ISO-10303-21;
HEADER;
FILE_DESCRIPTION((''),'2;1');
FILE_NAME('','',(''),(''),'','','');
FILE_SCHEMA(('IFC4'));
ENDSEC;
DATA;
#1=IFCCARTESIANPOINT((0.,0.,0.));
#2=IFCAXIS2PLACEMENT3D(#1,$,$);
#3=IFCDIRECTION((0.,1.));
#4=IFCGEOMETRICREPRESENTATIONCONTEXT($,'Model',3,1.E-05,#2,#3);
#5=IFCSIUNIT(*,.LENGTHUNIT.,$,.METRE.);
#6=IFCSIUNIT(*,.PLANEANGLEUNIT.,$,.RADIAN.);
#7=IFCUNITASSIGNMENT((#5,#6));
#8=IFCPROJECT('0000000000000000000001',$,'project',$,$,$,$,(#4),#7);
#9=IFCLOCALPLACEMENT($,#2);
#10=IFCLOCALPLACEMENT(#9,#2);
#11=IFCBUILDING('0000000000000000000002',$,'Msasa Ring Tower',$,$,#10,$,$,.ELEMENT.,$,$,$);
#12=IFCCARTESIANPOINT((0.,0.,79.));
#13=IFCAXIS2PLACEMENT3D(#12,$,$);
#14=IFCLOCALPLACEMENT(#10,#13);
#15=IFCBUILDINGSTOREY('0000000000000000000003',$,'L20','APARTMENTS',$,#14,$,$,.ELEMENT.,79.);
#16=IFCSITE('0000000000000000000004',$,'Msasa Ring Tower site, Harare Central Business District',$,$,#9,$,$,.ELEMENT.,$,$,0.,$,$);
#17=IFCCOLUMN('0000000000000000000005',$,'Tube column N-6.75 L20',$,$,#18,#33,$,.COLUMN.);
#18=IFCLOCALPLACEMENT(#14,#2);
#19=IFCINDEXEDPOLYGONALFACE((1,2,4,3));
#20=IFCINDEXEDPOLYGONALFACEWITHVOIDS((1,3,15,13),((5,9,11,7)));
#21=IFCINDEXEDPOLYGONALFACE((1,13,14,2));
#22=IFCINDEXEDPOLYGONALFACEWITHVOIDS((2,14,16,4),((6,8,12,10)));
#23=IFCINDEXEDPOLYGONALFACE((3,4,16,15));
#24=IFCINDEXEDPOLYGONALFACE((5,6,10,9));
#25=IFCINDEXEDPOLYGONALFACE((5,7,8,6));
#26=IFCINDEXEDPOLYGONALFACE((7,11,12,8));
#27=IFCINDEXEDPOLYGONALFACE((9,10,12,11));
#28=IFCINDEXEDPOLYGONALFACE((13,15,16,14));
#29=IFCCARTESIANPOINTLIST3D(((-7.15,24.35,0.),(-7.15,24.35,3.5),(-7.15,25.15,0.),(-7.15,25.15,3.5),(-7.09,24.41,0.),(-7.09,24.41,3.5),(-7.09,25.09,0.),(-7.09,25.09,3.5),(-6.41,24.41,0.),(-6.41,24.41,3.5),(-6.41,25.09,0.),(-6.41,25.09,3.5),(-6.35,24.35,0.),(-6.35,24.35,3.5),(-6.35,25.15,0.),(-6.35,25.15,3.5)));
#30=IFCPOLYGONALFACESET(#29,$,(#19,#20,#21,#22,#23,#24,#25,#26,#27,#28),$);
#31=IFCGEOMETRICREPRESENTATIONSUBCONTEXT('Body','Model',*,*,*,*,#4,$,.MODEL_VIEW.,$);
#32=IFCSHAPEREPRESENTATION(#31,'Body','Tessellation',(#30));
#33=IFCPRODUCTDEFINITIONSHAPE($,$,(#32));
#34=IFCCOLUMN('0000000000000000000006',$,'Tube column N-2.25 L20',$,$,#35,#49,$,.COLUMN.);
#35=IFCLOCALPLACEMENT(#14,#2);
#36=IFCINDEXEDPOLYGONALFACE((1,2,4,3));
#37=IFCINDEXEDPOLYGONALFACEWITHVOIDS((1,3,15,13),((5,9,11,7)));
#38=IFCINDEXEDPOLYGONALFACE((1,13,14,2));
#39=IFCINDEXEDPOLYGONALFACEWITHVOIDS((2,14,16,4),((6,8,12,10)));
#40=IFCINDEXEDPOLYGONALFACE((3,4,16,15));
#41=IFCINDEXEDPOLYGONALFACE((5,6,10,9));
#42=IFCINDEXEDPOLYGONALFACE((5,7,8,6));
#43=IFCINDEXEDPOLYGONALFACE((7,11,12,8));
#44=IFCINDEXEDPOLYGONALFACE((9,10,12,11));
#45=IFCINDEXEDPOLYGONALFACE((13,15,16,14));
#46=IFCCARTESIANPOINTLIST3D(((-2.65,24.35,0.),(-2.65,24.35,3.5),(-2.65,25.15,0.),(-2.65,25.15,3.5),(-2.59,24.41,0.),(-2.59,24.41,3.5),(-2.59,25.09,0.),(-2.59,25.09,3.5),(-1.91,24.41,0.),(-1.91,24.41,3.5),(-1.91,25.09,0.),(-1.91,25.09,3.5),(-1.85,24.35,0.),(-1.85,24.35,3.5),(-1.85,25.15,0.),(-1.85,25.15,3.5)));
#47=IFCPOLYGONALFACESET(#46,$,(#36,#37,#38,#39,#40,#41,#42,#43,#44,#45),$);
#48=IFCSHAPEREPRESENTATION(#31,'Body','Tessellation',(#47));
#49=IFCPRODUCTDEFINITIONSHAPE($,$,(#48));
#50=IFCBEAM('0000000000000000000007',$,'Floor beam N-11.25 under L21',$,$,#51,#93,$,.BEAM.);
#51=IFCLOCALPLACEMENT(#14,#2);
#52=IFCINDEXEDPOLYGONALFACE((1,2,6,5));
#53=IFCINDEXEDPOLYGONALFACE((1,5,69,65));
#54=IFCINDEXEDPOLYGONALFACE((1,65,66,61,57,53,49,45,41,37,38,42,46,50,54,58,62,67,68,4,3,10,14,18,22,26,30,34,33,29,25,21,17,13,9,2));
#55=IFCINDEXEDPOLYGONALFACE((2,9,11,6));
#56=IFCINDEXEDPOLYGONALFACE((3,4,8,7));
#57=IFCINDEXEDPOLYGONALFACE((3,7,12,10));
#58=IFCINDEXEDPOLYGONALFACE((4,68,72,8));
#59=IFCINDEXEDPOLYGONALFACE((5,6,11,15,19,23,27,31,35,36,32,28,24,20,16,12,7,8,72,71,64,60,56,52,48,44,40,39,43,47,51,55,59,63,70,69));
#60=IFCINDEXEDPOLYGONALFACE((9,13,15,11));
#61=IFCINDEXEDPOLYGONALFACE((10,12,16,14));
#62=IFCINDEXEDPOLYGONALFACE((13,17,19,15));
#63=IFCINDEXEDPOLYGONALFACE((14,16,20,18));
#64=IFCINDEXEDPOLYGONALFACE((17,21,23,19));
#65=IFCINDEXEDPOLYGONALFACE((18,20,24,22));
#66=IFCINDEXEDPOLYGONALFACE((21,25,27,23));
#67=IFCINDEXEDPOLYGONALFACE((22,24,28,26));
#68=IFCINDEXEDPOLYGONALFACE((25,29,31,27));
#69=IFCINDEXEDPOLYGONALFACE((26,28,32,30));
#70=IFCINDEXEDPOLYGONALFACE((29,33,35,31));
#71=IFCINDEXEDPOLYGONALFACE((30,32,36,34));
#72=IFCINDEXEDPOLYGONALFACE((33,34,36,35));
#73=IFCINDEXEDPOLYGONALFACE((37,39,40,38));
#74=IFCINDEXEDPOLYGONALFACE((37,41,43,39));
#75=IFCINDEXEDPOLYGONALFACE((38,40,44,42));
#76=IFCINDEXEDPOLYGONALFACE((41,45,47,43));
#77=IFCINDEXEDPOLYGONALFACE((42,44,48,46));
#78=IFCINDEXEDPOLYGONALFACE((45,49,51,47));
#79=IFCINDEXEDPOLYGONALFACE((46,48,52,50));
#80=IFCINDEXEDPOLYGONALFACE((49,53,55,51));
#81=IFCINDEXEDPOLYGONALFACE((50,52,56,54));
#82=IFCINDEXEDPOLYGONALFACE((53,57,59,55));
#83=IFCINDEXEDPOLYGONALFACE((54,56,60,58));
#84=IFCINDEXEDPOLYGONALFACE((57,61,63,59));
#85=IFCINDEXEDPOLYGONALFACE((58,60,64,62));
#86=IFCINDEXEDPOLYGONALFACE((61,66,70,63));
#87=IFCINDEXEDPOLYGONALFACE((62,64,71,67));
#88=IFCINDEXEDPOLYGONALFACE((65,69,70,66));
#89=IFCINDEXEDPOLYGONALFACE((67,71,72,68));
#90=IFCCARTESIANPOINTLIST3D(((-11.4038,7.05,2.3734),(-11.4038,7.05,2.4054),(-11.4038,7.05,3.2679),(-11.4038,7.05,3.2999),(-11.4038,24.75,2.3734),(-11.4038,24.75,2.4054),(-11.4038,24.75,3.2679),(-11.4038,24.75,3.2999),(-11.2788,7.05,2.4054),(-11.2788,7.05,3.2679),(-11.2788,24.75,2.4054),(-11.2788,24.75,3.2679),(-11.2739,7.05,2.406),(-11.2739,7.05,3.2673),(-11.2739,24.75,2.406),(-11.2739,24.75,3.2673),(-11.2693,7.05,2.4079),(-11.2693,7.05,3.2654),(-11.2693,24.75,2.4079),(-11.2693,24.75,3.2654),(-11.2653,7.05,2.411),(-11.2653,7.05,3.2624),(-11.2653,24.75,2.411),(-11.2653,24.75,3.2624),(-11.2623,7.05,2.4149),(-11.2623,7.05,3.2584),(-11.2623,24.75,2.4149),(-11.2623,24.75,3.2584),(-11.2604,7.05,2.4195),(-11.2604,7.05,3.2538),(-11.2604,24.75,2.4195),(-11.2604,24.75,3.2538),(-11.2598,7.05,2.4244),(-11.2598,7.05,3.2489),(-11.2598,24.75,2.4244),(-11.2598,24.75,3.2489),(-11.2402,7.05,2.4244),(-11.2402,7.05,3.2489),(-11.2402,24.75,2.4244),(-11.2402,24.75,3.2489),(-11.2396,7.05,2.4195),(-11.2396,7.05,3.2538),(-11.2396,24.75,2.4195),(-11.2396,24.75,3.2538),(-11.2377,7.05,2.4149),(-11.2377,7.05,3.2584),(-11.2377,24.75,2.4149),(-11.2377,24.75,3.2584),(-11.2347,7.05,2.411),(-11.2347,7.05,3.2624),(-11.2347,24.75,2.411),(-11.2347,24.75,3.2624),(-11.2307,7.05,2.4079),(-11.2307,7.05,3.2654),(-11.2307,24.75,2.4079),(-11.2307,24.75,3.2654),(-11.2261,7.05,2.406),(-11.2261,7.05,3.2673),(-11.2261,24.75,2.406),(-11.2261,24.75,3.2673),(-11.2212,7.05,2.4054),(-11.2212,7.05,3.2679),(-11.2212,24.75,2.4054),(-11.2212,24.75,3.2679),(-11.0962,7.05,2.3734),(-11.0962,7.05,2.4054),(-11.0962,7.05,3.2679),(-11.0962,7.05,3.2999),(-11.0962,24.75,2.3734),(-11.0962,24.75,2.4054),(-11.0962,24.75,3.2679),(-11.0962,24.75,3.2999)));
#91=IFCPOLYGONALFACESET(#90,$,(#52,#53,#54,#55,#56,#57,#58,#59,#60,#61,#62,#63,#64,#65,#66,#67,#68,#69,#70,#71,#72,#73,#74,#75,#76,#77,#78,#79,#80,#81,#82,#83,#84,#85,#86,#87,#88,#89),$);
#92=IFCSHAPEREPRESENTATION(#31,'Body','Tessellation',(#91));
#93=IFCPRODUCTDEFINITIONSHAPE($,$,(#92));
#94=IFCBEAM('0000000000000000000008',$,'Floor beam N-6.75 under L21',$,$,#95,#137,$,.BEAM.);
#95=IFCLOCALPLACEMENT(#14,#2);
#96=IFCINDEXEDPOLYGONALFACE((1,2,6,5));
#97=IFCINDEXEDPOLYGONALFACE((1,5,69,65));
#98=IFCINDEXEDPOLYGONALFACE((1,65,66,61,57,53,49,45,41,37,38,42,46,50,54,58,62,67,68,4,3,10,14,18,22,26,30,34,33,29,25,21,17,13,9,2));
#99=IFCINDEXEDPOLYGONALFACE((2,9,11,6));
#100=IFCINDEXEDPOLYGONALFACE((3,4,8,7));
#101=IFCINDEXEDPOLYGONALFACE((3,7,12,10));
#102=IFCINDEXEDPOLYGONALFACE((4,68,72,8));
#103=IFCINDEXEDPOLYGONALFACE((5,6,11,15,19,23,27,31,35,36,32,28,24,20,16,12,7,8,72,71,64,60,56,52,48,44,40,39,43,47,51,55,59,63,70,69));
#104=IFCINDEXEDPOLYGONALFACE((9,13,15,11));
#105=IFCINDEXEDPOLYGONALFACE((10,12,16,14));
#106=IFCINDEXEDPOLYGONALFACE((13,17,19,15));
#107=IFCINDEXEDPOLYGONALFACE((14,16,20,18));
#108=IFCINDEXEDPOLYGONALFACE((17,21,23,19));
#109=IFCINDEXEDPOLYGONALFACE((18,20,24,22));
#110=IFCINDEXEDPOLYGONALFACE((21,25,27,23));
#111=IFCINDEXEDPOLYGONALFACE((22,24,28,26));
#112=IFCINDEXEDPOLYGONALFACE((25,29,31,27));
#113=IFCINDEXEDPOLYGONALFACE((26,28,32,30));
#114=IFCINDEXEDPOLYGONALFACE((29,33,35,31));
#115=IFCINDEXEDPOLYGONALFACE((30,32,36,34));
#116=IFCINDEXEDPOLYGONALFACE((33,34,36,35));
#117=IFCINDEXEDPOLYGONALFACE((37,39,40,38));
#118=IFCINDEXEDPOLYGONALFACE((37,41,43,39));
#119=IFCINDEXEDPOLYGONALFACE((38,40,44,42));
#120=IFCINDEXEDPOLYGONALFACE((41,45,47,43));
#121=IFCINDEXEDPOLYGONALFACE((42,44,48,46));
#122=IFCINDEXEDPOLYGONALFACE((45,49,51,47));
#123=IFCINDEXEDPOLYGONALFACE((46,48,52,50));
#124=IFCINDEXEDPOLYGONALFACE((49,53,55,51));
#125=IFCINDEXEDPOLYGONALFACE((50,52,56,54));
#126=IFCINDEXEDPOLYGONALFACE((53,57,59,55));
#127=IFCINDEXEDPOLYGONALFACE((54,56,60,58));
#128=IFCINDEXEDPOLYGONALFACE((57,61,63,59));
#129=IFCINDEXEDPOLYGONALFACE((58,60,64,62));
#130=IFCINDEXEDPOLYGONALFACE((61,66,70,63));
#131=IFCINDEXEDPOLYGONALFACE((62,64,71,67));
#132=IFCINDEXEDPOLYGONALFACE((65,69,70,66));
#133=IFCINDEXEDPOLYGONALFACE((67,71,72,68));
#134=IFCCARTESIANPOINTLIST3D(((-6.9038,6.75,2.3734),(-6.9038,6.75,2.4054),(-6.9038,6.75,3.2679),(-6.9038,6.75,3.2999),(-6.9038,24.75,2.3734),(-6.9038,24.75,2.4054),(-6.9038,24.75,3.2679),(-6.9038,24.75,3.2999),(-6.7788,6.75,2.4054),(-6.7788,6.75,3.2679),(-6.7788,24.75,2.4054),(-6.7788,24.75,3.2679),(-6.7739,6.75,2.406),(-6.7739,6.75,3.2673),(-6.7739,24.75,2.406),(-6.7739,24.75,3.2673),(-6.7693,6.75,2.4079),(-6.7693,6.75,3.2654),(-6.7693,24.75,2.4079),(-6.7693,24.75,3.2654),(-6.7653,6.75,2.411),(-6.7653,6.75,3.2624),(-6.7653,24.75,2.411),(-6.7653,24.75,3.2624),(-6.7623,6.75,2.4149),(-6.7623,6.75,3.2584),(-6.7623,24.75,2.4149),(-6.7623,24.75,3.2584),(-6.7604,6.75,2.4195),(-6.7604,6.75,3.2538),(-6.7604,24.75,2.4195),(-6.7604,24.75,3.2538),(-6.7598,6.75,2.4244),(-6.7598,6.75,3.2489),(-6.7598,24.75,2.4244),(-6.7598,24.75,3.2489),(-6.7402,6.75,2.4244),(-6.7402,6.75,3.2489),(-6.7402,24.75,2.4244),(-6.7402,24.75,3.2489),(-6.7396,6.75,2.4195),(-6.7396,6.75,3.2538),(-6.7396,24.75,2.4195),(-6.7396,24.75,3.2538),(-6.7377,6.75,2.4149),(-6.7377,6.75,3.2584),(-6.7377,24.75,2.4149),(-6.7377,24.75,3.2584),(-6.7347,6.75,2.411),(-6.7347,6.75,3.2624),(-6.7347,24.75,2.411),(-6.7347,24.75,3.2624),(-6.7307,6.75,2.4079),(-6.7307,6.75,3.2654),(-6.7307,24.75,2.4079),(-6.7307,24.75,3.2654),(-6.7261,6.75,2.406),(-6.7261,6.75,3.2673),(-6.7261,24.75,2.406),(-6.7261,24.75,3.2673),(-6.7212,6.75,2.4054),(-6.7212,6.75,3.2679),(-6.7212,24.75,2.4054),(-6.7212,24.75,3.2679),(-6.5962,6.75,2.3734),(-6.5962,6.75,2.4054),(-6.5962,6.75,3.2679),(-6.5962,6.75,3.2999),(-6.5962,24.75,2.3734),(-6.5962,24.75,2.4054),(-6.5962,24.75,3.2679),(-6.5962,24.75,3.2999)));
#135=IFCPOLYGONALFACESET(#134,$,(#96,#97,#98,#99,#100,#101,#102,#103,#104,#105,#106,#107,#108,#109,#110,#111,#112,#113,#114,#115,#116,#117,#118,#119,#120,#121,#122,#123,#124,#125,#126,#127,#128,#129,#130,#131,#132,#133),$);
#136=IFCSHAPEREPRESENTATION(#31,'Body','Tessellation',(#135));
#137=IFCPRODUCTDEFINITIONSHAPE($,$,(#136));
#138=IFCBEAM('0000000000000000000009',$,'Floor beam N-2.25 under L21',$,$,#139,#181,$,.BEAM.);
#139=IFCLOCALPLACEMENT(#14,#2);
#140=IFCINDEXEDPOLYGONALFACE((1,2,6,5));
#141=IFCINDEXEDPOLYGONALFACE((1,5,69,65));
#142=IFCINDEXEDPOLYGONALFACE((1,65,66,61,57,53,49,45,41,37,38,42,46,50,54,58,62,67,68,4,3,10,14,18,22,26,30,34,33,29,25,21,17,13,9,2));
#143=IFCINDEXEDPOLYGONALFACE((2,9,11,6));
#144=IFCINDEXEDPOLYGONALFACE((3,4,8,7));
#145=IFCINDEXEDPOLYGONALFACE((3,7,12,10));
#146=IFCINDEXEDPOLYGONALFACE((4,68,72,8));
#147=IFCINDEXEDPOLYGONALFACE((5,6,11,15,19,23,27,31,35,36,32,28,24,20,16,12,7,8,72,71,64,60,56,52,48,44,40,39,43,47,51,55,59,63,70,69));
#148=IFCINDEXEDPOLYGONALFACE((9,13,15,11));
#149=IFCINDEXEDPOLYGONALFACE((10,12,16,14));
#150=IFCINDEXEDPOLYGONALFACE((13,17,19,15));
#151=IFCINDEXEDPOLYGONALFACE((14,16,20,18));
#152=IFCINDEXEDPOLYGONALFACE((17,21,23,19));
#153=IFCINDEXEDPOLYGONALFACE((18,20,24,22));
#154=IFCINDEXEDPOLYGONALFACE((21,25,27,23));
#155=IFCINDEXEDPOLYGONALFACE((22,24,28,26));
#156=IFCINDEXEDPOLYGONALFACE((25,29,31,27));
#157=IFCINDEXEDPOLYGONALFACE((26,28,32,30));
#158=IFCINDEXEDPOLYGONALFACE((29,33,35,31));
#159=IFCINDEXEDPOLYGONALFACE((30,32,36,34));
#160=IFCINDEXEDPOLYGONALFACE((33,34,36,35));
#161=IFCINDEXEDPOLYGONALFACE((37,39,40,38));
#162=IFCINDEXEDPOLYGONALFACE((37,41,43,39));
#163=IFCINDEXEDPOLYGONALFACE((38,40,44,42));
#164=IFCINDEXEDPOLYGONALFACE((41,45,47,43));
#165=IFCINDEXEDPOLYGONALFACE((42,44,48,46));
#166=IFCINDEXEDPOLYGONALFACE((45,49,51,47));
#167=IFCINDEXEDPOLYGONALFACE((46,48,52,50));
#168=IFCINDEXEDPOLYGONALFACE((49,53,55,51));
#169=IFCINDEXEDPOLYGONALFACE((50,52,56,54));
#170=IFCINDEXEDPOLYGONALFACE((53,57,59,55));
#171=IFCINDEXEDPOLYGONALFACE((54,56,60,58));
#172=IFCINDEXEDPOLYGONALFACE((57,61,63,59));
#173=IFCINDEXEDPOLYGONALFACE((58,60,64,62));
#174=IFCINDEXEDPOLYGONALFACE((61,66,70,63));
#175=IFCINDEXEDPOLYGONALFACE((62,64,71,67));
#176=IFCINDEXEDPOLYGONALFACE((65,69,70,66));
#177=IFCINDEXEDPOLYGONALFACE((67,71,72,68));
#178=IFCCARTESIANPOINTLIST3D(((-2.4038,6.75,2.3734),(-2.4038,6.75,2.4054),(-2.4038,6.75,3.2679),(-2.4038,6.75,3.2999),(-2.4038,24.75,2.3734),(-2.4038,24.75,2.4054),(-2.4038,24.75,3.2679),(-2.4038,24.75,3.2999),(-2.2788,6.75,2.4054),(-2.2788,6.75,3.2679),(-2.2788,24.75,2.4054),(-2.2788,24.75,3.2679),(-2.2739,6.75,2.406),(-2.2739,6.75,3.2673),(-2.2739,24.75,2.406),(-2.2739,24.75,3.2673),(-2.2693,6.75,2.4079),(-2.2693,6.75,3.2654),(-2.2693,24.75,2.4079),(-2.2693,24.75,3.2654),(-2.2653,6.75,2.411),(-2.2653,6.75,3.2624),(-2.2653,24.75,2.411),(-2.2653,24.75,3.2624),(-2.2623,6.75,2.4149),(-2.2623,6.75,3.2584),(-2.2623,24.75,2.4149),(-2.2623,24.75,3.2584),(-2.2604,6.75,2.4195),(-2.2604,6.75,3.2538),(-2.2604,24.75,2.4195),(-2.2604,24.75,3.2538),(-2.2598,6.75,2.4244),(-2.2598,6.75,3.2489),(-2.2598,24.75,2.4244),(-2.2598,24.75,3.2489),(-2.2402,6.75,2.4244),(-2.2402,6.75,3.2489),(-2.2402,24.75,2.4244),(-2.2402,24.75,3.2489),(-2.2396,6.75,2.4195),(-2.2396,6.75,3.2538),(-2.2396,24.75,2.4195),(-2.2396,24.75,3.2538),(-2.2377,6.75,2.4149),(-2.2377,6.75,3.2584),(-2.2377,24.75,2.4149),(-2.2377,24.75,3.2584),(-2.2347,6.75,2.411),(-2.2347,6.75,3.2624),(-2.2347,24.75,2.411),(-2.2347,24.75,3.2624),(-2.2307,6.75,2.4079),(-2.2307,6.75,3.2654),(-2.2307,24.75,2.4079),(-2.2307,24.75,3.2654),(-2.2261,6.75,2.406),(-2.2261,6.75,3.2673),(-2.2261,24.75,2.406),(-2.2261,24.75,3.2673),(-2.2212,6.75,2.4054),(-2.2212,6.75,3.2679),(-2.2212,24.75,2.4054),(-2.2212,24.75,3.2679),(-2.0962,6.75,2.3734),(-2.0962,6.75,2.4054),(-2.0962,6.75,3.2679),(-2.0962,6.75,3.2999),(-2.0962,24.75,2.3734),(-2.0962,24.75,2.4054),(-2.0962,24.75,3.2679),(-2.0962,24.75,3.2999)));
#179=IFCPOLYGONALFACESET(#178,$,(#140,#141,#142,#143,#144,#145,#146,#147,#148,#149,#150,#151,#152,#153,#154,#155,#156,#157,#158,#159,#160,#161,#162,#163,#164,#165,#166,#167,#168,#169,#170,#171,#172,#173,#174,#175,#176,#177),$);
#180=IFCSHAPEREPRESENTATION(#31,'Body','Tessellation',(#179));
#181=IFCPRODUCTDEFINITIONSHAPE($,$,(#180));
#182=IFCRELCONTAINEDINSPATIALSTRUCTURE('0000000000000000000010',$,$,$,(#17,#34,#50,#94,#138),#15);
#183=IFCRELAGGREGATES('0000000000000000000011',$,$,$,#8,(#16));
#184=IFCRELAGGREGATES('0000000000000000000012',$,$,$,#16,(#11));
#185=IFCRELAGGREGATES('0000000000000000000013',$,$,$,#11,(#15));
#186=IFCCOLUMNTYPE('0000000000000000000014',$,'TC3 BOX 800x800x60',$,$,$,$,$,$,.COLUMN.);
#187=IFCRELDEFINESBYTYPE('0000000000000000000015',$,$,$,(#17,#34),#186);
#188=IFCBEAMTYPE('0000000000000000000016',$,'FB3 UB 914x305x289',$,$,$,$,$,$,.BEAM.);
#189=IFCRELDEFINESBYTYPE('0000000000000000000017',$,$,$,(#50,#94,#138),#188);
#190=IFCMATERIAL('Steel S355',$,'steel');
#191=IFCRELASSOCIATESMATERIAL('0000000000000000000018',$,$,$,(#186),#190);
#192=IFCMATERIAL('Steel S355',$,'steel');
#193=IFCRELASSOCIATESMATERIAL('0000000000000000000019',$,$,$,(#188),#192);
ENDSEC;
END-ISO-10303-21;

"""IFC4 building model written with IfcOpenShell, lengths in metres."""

from ifc_helpers import new_model, si_unit, direction, frame, origin, origin_2d, place, context, subcontext, project, spatial, hollow_rectangle, i_section, extrude, material, material_profile, profile_set, type_object, element, save


model = new_model("IFC4")

# Units and contexts
model_context = context("Model", 3, precision=1e-05, world=origin(), true_north=direction((0.0, 1.0)))
body_context = subcontext(model_context, "Body", "Model", "MODEL_VIEW")
ifc_project = project(units=[si_unit("LENGTHUNIT", "METRE"), si_unit("PLANEANGLEUNIT", "RADIAN")], contexts=[model_context])

# Site, building, storey
site_placement = place(None, origin())
site = spatial("IfcSite", under=ifc_project, at=site_placement, Name="Msasa Ring Tower site, Harare Central Business District", CompositionType="ELEMENT", RefElevation=0.0)
building_placement = place(site_placement, origin())
building = spatial("IfcBuilding", under=site, at=building_placement, Name="Msasa Ring Tower", CompositionType="ELEMENT")
storey_placement = place(building_placement, frame((0.0, 0.0, 79.0)))
storey = spatial("IfcBuildingStorey", under=building, at=storey_placement, Name="L20", Description="APARTMENTS", CompositionType="ELEMENT", Elevation=79.0)

# Columns
ifc_material_1 = material(Name="Steel S355", Category="steel")
ifc_material_profile_1 = material_profile(ifc_material_1, hollow_rectangle(XDim=0.8, YDim=0.8, WallThickness=0.0601, at=origin_2d()), Name="BOX 800x800x60")
ifc_profile_set_1 = profile_set([ifc_material_profile_1], Name="Steel S355")
column_type = type_object("IfcColumnType", Name="TC3 BOX 800x800x60", PredefinedType="COLUMN", material=ifc_profile_set_1)
for number, where, z_axis, x_axis, name in (
    (1, (-6.75, 24.75, 0.0), (0.0, 0.0, 1.0), (0.0, 1.0, 0.0), "Tube column N-6.75 L20"),
    (2, (-2.25, 24.75, 0.0), (0.0, 0.0, 1.0), (0.0, 1.0, 0.0), "Tube column N-2.25 L20"),
):
    element("IfcColumn", number, at=place(storey_placement, frame(where, z_axis=z_axis, x_axis=x_axis)), inside=storey, type_object=column_type, Name=name, PredefinedType="COLUMN", context=body_context, shape_type="SweptSolid", body=[
        extrude(hollow_rectangle(XDim=0.8, YDim=0.8, WallThickness=0.0601, at=origin_2d()), origin(), (0.0, 0.0, 1.0), 3.5),
    ])

# Beams
ifc_material_2 = material(Name="Steel S355", Category="steel")
ifc_material_profile_2 = material_profile(ifc_material_2, i_section(OverallWidth=0.3076, OverallDepth=0.9265, WebThickness=0.0195, FlangeThickness=0.032, FilletRadius=0.019, at=origin_2d()), Name="UB 914x305x289")
ifc_profile_set_2 = profile_set([ifc_material_profile_2], Name="Steel S355")
beam_type_1 = type_object("IfcBeamType", Name="FB3 UB 914x305x289", PredefinedType="BEAM", material=ifc_profile_set_2)
beam_placement = place(storey_placement, frame((-11.25, 24.75, 2.8367), z_axis=(0.0, -1.0, 0.0), x_axis=(1.0, 0.0, 0.0)))
element("IfcBeam", 3, at=beam_placement, inside=storey, type_object=beam_type_1, Name="Floor beam N-11.25 under L21", PredefinedType="BEAM", context=body_context, shape_type="SweptSolid", body=[
    extrude(i_section(OverallWidth=0.3076, OverallDepth=0.9265, WebThickness=0.0195, FlangeThickness=0.032, FilletRadius=0.019, at=origin_2d()), origin(), (0.0, 0.0, 1.0), 17.7),
])
for number, where, z_axis, x_axis, name in (
    (4, (-6.75, 24.75, 2.8367), (0.0, -1.0, 0.0), (1.0, 0.0, 0.0), "Floor beam N-6.75 under L21"),
    (5, (-2.25, 24.75, 2.8367), (0.0, -1.0, 0.0), (1.0, 0.0, 0.0), "Floor beam N-2.25 under L21"),
):
    element("IfcBeam", number, at=place(storey_placement, frame(where, z_axis=z_axis, x_axis=x_axis)), inside=storey, type_object=beam_type_1, Name=name, PredefinedType="BEAM", context=body_context, shape_type="SweptSolid", body=[
        extrude(i_section(OverallWidth=0.3076, OverallDepth=0.9265, WebThickness=0.0195, FlangeThickness=0.032, FilletRadius=0.019, at=origin_2d()), origin(), (0.0, 0.0, 1.0), 18.0),
    ])

save(model, "model.ifc")
